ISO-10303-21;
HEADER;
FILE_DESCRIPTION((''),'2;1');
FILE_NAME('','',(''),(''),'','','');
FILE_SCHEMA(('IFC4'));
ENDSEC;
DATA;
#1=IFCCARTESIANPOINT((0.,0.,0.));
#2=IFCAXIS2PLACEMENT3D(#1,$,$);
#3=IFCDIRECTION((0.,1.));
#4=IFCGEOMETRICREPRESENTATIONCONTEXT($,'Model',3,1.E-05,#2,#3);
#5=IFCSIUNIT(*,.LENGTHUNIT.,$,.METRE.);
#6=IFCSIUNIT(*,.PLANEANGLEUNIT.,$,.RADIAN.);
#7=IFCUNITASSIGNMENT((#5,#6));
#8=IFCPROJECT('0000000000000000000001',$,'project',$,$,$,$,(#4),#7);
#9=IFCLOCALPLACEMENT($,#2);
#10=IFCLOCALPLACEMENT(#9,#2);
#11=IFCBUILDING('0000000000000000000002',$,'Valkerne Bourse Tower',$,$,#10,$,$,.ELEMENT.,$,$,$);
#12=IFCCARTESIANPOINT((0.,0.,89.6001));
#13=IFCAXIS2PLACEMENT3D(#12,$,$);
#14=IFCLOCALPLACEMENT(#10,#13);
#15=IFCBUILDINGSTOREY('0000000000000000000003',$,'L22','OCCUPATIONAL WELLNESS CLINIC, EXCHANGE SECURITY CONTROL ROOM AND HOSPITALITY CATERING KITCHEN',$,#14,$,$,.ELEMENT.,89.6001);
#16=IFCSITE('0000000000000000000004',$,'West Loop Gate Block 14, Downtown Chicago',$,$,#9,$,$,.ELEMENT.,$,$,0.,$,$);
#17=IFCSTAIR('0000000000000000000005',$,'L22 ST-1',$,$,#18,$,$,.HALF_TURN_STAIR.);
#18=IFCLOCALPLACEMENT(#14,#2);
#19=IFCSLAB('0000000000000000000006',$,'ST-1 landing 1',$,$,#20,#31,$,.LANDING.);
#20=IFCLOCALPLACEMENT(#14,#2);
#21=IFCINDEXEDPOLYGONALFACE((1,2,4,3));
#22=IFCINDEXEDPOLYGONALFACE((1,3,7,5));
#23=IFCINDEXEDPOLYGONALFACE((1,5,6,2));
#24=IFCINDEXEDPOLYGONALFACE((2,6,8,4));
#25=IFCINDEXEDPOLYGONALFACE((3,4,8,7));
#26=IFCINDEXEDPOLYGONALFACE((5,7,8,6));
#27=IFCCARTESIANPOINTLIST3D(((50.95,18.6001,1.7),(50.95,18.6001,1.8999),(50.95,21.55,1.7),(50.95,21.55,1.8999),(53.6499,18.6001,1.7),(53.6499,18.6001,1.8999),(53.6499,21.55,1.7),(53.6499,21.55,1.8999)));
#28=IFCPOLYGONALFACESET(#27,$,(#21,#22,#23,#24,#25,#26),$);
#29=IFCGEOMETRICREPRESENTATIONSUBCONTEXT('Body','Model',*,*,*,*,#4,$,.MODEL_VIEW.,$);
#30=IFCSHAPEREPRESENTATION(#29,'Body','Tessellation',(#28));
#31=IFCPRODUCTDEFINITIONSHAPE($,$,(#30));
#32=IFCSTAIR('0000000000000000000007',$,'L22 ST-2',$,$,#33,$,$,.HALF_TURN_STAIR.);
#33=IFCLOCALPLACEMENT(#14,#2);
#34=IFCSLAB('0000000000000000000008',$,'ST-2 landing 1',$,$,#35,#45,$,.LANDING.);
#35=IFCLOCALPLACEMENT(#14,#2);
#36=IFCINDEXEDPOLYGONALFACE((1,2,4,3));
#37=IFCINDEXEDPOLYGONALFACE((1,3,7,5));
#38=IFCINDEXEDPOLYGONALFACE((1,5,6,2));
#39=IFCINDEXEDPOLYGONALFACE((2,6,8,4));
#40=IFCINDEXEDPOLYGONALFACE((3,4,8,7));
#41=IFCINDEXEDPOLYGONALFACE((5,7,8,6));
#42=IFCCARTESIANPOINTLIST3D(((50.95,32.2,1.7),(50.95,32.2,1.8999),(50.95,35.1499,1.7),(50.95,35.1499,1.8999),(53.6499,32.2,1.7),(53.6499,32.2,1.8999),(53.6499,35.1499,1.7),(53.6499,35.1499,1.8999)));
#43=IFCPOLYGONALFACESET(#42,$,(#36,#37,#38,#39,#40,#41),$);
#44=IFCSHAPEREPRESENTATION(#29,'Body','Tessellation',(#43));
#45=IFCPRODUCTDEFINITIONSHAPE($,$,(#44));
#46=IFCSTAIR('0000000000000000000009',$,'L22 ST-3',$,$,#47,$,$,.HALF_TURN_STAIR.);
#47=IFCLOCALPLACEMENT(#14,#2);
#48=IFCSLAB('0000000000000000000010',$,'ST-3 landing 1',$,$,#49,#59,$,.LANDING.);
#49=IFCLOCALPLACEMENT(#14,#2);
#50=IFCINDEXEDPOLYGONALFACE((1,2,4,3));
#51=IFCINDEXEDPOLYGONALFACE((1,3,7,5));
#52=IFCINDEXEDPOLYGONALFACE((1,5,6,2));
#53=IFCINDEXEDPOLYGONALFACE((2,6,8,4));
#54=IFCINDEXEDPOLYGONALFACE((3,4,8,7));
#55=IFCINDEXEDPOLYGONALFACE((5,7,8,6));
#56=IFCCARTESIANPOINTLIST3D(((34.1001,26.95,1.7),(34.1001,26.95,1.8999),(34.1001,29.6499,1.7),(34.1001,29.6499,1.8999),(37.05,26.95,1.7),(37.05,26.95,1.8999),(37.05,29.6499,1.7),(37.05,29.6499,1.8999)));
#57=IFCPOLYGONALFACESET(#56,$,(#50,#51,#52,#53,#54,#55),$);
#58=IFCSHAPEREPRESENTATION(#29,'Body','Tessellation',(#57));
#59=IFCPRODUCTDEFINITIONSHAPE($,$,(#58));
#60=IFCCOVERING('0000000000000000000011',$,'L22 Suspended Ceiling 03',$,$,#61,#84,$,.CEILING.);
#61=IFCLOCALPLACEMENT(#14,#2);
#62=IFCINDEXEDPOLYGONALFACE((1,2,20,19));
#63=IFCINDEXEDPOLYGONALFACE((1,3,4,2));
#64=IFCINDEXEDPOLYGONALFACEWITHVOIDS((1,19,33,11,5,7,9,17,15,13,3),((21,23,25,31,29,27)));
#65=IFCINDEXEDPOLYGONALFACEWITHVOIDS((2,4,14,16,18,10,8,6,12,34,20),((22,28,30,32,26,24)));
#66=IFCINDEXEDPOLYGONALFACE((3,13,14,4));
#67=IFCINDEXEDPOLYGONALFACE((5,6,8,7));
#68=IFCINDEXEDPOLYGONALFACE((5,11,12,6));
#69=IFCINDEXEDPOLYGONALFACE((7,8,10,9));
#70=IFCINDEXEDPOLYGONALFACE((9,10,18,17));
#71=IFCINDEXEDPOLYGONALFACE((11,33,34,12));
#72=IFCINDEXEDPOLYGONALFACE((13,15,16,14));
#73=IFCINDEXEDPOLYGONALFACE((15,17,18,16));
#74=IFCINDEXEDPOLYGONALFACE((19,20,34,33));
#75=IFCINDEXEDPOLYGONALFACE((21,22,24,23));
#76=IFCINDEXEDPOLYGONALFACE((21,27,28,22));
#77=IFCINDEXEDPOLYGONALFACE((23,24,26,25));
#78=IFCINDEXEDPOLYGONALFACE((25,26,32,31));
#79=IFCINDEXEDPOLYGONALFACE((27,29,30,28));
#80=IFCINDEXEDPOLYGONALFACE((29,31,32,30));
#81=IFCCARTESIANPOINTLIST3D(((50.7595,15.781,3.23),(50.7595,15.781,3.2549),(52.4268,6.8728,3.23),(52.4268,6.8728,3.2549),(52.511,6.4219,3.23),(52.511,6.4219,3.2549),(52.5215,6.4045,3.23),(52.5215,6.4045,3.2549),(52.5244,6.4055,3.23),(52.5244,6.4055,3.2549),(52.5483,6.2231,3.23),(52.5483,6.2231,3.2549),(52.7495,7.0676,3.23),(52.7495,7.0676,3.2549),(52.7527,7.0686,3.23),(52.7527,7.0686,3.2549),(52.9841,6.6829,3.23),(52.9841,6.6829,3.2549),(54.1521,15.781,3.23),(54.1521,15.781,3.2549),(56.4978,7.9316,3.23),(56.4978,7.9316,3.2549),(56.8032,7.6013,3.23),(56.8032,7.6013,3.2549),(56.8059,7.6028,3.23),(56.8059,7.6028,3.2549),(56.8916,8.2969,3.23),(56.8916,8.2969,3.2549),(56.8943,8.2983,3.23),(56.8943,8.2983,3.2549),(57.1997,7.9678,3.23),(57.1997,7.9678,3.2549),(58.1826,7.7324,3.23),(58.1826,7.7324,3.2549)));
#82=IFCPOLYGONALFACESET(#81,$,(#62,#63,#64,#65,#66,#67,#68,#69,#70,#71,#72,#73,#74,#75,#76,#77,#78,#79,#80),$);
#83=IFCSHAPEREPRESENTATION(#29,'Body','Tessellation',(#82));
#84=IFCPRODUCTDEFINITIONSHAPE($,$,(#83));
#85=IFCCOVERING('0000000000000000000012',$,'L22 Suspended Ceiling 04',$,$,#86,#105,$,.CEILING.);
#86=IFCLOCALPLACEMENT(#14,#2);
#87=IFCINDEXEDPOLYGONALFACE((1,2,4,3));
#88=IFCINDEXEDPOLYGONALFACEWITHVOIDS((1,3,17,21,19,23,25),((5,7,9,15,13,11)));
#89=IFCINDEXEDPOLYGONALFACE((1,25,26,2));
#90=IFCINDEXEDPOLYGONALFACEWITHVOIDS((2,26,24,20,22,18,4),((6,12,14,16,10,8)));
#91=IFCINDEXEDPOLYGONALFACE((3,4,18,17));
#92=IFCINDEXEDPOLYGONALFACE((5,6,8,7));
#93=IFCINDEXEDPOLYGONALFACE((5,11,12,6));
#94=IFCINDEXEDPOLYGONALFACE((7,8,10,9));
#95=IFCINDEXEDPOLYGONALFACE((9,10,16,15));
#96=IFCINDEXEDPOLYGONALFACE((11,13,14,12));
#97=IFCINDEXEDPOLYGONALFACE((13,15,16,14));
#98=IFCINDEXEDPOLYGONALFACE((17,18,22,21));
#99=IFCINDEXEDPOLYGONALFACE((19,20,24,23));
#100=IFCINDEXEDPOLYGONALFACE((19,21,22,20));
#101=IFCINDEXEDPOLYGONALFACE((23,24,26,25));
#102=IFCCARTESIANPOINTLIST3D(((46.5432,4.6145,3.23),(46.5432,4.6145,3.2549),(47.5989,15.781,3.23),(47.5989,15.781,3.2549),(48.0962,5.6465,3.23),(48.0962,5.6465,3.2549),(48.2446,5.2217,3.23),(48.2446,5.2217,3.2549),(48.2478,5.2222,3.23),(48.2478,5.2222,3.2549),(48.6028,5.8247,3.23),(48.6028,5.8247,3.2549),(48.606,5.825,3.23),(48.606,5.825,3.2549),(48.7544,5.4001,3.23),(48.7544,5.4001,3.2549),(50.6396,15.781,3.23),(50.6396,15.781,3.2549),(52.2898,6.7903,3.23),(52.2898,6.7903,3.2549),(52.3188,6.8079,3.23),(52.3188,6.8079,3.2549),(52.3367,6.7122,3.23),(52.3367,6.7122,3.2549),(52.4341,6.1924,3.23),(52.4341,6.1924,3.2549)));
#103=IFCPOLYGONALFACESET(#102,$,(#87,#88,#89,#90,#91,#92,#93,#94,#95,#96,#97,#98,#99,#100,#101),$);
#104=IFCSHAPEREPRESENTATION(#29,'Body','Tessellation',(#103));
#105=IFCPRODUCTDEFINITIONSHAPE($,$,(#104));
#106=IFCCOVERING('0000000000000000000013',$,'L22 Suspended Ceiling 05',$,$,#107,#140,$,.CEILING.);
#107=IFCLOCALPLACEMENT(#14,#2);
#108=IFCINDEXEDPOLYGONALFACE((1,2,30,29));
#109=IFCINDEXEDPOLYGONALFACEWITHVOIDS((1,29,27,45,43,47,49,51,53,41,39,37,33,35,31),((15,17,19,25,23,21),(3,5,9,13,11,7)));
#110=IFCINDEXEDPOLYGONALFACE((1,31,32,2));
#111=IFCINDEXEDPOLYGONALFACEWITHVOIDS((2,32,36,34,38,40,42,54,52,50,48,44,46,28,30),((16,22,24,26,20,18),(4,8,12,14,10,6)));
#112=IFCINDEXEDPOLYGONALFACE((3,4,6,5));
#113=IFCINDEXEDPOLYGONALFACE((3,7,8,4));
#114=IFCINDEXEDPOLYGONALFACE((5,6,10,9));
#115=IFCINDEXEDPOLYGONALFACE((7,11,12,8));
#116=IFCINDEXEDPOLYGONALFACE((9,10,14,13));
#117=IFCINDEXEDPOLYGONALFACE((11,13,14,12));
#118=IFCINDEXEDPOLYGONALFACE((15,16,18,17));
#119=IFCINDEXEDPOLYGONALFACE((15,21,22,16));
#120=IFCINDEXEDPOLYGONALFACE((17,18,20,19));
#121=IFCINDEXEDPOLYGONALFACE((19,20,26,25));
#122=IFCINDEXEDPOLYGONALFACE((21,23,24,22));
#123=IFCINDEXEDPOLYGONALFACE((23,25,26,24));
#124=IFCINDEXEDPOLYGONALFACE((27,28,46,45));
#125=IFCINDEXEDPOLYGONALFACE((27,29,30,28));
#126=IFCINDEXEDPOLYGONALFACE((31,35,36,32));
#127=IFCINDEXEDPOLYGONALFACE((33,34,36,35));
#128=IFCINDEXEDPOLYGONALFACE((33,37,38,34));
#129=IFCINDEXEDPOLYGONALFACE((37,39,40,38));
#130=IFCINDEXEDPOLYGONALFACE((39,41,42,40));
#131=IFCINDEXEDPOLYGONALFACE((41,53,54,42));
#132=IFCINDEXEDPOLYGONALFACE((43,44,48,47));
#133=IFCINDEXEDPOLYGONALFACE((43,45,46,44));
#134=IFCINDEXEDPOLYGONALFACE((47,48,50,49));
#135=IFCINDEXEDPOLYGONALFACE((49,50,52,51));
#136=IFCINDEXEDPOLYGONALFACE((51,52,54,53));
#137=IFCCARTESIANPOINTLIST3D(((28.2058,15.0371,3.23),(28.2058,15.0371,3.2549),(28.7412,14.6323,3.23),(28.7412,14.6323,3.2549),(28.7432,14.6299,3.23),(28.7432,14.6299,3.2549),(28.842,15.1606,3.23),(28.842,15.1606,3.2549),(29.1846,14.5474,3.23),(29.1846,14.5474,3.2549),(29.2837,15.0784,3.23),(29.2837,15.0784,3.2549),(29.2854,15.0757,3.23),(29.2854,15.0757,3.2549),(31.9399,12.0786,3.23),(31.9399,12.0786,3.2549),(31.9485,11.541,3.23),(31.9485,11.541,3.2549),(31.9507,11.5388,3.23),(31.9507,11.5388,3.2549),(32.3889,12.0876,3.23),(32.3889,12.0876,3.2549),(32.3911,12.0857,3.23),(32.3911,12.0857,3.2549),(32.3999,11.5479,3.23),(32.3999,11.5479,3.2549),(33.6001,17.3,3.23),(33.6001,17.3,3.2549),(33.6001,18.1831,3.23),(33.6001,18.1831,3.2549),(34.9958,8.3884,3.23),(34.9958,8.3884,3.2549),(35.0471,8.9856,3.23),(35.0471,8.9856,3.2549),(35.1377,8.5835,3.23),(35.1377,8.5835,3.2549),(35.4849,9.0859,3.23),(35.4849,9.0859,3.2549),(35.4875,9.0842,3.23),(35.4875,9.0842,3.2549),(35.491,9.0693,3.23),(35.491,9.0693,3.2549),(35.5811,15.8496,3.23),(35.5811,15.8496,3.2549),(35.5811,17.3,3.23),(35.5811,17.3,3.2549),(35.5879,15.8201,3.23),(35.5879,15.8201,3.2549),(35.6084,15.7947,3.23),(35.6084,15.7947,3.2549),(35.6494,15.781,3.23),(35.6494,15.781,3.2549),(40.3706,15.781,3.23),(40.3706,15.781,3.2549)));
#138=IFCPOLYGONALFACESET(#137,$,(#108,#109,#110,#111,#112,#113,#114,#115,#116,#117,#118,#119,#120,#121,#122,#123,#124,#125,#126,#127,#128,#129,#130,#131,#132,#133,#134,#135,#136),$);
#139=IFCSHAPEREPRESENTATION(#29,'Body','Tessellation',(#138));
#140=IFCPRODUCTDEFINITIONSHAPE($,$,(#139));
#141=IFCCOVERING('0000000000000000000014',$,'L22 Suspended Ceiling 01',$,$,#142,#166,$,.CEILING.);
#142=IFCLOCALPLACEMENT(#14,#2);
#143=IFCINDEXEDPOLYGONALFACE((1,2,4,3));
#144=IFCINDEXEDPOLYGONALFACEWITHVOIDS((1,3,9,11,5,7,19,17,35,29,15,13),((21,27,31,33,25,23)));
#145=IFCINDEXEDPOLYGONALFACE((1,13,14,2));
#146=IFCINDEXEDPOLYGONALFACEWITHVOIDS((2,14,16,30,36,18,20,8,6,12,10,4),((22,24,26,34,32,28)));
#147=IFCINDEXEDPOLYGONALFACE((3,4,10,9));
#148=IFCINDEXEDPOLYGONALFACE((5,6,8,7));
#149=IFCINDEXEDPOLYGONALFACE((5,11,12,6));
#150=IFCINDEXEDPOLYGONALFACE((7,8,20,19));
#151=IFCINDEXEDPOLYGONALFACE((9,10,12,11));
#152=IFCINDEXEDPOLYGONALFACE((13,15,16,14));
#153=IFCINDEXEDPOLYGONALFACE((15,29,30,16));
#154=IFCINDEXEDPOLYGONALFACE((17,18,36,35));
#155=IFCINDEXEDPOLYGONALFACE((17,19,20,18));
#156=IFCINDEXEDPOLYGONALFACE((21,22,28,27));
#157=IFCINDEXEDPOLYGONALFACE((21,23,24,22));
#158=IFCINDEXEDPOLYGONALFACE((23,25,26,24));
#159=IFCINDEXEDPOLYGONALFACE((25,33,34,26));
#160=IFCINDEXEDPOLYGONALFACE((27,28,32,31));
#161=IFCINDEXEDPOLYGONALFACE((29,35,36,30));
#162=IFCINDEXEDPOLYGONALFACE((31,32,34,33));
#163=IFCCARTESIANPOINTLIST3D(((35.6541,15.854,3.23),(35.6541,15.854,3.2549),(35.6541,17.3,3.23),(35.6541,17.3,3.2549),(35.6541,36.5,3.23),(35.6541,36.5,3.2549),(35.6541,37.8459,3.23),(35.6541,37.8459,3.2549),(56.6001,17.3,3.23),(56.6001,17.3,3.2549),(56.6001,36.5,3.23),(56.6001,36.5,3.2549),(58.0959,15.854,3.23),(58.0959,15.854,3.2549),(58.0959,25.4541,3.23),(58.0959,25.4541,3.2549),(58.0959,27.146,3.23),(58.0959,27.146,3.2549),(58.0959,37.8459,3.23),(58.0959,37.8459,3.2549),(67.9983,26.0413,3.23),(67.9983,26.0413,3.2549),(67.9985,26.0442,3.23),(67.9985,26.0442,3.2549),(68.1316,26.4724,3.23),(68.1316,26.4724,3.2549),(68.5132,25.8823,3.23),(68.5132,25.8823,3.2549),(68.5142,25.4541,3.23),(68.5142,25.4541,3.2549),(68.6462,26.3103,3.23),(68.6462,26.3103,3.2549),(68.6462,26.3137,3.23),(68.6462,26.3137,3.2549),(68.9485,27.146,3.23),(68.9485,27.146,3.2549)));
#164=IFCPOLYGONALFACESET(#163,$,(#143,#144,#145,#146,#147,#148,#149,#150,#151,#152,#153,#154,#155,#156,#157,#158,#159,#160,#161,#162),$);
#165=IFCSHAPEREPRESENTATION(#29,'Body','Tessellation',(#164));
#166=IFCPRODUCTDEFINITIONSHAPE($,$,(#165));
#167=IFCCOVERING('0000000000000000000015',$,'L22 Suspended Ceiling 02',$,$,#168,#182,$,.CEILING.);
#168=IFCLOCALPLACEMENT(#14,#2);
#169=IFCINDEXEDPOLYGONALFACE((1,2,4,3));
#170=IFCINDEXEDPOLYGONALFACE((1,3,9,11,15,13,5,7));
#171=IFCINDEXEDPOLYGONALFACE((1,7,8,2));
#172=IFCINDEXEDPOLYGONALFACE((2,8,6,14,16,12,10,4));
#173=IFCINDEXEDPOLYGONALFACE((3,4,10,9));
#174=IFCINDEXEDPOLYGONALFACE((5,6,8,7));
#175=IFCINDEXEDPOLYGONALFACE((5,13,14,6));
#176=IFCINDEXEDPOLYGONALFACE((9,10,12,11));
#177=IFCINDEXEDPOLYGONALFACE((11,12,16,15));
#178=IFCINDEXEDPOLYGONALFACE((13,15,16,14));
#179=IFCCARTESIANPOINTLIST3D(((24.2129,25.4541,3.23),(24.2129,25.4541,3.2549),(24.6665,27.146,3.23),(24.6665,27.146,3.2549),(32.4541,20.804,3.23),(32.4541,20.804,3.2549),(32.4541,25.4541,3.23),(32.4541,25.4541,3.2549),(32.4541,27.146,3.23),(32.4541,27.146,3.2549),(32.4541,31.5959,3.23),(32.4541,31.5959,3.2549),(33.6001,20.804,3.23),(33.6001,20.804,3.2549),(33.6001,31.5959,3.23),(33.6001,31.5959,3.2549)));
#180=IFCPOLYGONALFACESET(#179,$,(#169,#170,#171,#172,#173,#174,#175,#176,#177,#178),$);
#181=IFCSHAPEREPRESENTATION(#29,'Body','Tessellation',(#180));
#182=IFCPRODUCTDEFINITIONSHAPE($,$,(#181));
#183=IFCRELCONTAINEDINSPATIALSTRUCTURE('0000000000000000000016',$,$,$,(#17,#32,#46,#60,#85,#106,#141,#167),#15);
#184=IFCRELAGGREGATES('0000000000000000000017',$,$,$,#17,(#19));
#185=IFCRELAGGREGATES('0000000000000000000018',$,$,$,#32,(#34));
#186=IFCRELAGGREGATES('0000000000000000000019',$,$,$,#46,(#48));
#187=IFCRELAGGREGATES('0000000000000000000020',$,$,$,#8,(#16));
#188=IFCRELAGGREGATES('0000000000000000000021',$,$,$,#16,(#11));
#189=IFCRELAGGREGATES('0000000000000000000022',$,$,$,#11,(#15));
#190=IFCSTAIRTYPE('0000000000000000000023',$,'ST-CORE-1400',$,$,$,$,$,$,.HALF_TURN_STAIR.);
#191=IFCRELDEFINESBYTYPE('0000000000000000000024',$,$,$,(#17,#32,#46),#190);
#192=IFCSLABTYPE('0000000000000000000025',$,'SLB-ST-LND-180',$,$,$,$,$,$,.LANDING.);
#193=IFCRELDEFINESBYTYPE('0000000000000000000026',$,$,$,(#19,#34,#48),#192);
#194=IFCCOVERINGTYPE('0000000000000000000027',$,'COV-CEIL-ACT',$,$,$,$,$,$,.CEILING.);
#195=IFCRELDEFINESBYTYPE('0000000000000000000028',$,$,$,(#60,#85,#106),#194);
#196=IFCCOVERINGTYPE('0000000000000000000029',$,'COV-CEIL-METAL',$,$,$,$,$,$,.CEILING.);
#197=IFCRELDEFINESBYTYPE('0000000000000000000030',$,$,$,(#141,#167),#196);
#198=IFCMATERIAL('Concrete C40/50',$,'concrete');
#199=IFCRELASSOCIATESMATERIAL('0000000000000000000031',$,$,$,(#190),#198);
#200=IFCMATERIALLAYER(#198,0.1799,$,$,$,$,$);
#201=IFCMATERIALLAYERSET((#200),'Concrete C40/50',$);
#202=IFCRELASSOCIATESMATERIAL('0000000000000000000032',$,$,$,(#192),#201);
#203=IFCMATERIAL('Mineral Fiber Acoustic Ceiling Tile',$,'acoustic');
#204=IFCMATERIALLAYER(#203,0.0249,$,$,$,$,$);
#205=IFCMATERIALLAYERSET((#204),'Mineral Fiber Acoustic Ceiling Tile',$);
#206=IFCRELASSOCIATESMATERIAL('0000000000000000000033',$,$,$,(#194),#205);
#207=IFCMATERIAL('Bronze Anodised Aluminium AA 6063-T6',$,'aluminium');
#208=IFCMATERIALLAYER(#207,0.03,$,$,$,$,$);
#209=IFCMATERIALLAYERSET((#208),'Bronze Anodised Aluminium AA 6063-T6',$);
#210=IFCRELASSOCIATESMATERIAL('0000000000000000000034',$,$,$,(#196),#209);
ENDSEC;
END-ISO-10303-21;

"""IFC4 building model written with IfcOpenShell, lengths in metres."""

from ifc_helpers import new_model, si_unit, direction, frame, origin, place, context, subcontext, project, spatial, polyline, outline, extrude, material, layer, layer_set, type_object, element, aggregate, save


model = new_model("IFC4")

# Units and contexts
model_context = context("Model", 3, precision=1e-05, world=origin(), true_north=direction((0.0, 1.0)))
body_context = subcontext(model_context, "Body", "Model", "MODEL_VIEW")
ifc_project = project(units=[si_unit("LENGTHUNIT", "METRE"), si_unit("PLANEANGLEUNIT", "RADIAN")], contexts=[model_context])

# Site, building, storey
site_placement = place(None, origin())
site = spatial("IfcSite", under=ifc_project, at=site_placement, Name="West Loop Gate Block 14, Downtown Chicago", CompositionType="ELEMENT", RefElevation=0.0)
building_placement = place(site_placement, origin())
building = spatial("IfcBuilding", under=site, at=building_placement, Name="Valkerne Bourse Tower", CompositionType="ELEMENT")
storey_placement = place(building_placement, frame((0.0, 0.0, 89.6001)))
storey = spatial("IfcBuildingStorey", under=building, at=storey_placement, Name="L22", Description="OCCUPATIONAL WELLNESS CLINIC, EXCHANGE SECURITY CONTROL ROOM AND HOSPITALITY CATERING KITCHEN", CompositionType="ELEMENT", Elevation=89.6001)

# Stairs, slabs
ifc_material_1 = material(Name="Concrete C40/50", Category="concrete")
stair_type = type_object("IfcStairType", Name="ST-CORE-1400", PredefinedType="HALF_TURN_STAIR", material=ifc_material_1)
stair_1_placement = place(storey_placement, origin())
stair_1 = element("IfcStair", 1, at=stair_1_placement, inside=storey, type_object=stair_type, Name="L22 ST-1", PredefinedType="HALF_TURN_STAIR")
ifc_layer_1 = layer(ifc_material_1, 0.1799)
ifc_layer_set_1 = layer_set([ifc_layer_1], Name="Concrete C40/50")
slab_type = type_object("IfcSlabType", Name="SLB-ST-LND-180", PredefinedType="LANDING", material=ifc_layer_set_1)
slab_1_placement = place(storey_placement, frame((0.0, 0.0, 1.7)))
slab_1 = element("IfcSlab", 2, at=slab_1_placement, type_object=slab_type, Name="ST-1 landing 1", PredefinedType="LANDING", context=body_context, shape_type="SweptSolid", body=[
    extrude(outline(polyline([(50.95, 18.6001), (53.6499, 18.6001), (53.6499, 21.55), (50.95, 21.55), (50.95, 18.6001)])), origin(), (0.0, 0.0, 1.0), 0.2),
])
aggregate(stair_1, [slab_1])
stair_2_placement = place(storey_placement, origin())
stair_2 = element("IfcStair", 3, at=stair_2_placement, inside=storey, type_object=stair_type, Name="L22 ST-2", PredefinedType="HALF_TURN_STAIR")
slab_2_placement = place(storey_placement, frame((0.0, 0.0, 1.7)))
slab_2 = element("IfcSlab", 4, at=slab_2_placement, type_object=slab_type, Name="ST-2 landing 1", PredefinedType="LANDING", context=body_context, shape_type="SweptSolid", body=[
    extrude(outline(polyline([(50.95, 32.2), (53.6499, 32.2), (53.6499, 35.1499), (50.95, 35.1499), (50.95, 32.2)])), origin(), (0.0, 0.0, 1.0), 0.2),
])
aggregate(stair_2, [slab_2])
stair_3_placement = place(storey_placement, origin())
stair_3 = element("IfcStair", 5, at=stair_3_placement, inside=storey, type_object=stair_type, Name="L22 ST-3", PredefinedType="HALF_TURN_STAIR")
slab_3_placement = place(storey_placement, frame((0.0, 0.0, 1.7)))
slab_3 = element("IfcSlab", 6, at=slab_3_placement, type_object=slab_type, Name="ST-3 landing 1", PredefinedType="LANDING", context=body_context, shape_type="SweptSolid", body=[
    extrude(outline(polyline([(37.05, 26.95), (37.05, 29.6499), (34.1001, 29.6499), (34.1001, 26.95), (37.05, 26.95)])), origin(), (0.0, 0.0, 1.0), 0.2),
])
aggregate(stair_3, [slab_3])

# Coverings
ifc_material_2 = material(Name="Mineral Fiber Acoustic Ceiling Tile", Category="acoustic")
ifc_layer_2 = layer(ifc_material_2, 0.0249)
ifc_layer_set_2 = layer_set([ifc_layer_2], Name="Mineral Fiber Acoustic Ceiling Tile")
covering_type_1 = type_object("IfcCoveringType", Name="COV-CEIL-ACT", PredefinedType="CEILING", material=ifc_layer_set_2)
covering_1_placement = place(storey_placement, frame((0.0, 0.0, 3.23)))
element("IfcCovering", 7, at=covering_1_placement, inside=storey, type_object=covering_type_1, Name="L22 Suspended Ceiling 03", PredefinedType="CEILING", context=body_context, shape_type="SweptSolid", body=[
    extrude(outline(polyline([(54.1521, 15.781), (58.1826, 7.7324), (52.5483, 6.2231), (52.511, 6.4219), (52.5215, 6.4045), (52.5244, 6.4055), (52.9841, 6.6829), (52.7527, 7.0686), (52.7495, 7.0676), (52.4268, 6.8728), (50.7595, 15.781), (54.1521, 15.781)]), holes=[polyline([(56.8059, 7.6028), (57.1997, 7.9678), (56.8943, 8.2983), (56.8916, 8.2969), (56.4978, 7.9316), (56.8032, 7.6013), (56.8059, 7.6028)])]), origin(), (0.0, 0.0, 1.0), 0.0249),
])
covering_2_placement = place(storey_placement, frame((0.0, 0.0, 3.23)))
element("IfcCovering", 8, at=covering_2_placement, inside=storey, type_object=covering_type_1, Name="L22 Suspended Ceiling 04", PredefinedType="CEILING", context=body_context, shape_type="SweptSolid", body=[
    extrude(outline(polyline([(50.6396, 15.781), (52.3188, 6.8079), (52.2898, 6.7903), (52.3367, 6.7122), (52.4341, 6.1924), (46.5432, 4.6145), (47.5989, 15.781), (50.6396, 15.781)]), holes=[polyline([(48.7544, 5.4001), (48.606, 5.825), (48.6028, 5.8247), (48.0962, 5.6465), (48.2446, 5.2217), (48.2478, 5.2222), (48.7544, 5.4001)])]), origin(), (0.0, 0.0, 1.0), 0.0249),
])
covering_3_placement = place(storey_placement, frame((0.0, 0.0, 3.23)))
element("IfcCovering", 9, at=covering_3_placement, inside=storey, type_object=covering_type_1, Name="L22 Suspended Ceiling 05", PredefinedType="CEILING", context=body_context, shape_type="SweptSolid", body=[
    extrude(outline(polyline([(35.5811, 15.8496), (35.5879, 15.8201), (35.6084, 15.7947), (35.6494, 15.781), (40.3706, 15.781), (35.491, 9.0693), (35.4875, 9.0842), (35.4849, 9.0859), (35.0471, 8.9856), (35.1377, 8.5835), (34.9958, 8.3884), (28.2058, 15.0371), (33.6001, 18.1831), (33.6001, 17.3), (35.5811, 17.3), (35.5811, 15.8496)]), holes=[polyline([(32.3911, 12.0857), (32.3889, 12.0876), (31.9399, 12.0786), (31.9485, 11.541), (31.9507, 11.5388), (32.3999, 11.5479), (32.3911, 12.0857)]), polyline([(29.2854, 15.0757), (29.2837, 15.0784), (28.842, 15.1606), (28.7412, 14.6323), (28.7432, 14.6299), (29.1846, 14.5474), (29.2854, 15.0757)])]), origin(), (0.0, 0.0, 1.0), 0.0249),
])
ifc_material_3 = material(Name="Bronze Anodised Aluminium AA 6063-T6", Category="aluminium")
ifc_layer_3 = layer(ifc_material_3, 0.03)
ifc_layer_set_3 = layer_set([ifc_layer_3], Name="Bronze Anodised Aluminium AA 6063-T6")
covering_type_2 = type_object("IfcCoveringType", Name="COV-CEIL-METAL", PredefinedType="CEILING", material=ifc_layer_set_3)
covering_4_placement = place(storey_placement, frame((0.0, 0.0, 3.23)))
element("IfcCovering", 10, at=covering_4_placement, inside=storey, type_object=covering_type_2, Name="L22 Suspended Ceiling 01", PredefinedType="CEILING", context=body_context, shape_type="SweptSolid", body=[
    extrude(outline(polyline([(68.9485, 27.146), (68.5142, 25.4541), (58.0959, 25.4541), (58.0959, 15.854), (35.6541, 15.854), (35.6541, 17.3), (56.6001, 17.3), (56.6001, 36.5), (35.6541, 36.5), (35.6541, 37.8459), (58.0959, 37.8459), (58.0959, 27.146), (68.9485, 27.146)]), holes=[polyline([(68.6462, 26.3103), (68.6462, 26.3137), (68.1316, 26.4724), (67.9985, 26.0442), (67.9983, 26.0413), (68.5132, 25.8823), (68.6462, 26.3103)])]), origin(), (0.0, 0.0, 1.0), 0.0249),
])
covering_5_placement = place(storey_placement, frame((0.0, 0.0, 3.23)))
element("IfcCovering", 11, at=covering_5_placement, inside=storey, type_object=covering_type_2, Name="L22 Suspended Ceiling 02", PredefinedType="CEILING", context=body_context, shape_type="SweptSolid", body=[
    extrude(outline(polyline([(32.4541, 20.804), (32.4541, 25.4541), (24.2129, 25.4541), (24.6665, 27.146), (32.4541, 27.146), (32.4541, 31.5959), (33.6001, 31.5959), (33.6001, 20.804), (32.4541, 20.804)])), origin(), (0.0, 0.0, 1.0), 0.0249),
])

save(model, "model.ifc")
